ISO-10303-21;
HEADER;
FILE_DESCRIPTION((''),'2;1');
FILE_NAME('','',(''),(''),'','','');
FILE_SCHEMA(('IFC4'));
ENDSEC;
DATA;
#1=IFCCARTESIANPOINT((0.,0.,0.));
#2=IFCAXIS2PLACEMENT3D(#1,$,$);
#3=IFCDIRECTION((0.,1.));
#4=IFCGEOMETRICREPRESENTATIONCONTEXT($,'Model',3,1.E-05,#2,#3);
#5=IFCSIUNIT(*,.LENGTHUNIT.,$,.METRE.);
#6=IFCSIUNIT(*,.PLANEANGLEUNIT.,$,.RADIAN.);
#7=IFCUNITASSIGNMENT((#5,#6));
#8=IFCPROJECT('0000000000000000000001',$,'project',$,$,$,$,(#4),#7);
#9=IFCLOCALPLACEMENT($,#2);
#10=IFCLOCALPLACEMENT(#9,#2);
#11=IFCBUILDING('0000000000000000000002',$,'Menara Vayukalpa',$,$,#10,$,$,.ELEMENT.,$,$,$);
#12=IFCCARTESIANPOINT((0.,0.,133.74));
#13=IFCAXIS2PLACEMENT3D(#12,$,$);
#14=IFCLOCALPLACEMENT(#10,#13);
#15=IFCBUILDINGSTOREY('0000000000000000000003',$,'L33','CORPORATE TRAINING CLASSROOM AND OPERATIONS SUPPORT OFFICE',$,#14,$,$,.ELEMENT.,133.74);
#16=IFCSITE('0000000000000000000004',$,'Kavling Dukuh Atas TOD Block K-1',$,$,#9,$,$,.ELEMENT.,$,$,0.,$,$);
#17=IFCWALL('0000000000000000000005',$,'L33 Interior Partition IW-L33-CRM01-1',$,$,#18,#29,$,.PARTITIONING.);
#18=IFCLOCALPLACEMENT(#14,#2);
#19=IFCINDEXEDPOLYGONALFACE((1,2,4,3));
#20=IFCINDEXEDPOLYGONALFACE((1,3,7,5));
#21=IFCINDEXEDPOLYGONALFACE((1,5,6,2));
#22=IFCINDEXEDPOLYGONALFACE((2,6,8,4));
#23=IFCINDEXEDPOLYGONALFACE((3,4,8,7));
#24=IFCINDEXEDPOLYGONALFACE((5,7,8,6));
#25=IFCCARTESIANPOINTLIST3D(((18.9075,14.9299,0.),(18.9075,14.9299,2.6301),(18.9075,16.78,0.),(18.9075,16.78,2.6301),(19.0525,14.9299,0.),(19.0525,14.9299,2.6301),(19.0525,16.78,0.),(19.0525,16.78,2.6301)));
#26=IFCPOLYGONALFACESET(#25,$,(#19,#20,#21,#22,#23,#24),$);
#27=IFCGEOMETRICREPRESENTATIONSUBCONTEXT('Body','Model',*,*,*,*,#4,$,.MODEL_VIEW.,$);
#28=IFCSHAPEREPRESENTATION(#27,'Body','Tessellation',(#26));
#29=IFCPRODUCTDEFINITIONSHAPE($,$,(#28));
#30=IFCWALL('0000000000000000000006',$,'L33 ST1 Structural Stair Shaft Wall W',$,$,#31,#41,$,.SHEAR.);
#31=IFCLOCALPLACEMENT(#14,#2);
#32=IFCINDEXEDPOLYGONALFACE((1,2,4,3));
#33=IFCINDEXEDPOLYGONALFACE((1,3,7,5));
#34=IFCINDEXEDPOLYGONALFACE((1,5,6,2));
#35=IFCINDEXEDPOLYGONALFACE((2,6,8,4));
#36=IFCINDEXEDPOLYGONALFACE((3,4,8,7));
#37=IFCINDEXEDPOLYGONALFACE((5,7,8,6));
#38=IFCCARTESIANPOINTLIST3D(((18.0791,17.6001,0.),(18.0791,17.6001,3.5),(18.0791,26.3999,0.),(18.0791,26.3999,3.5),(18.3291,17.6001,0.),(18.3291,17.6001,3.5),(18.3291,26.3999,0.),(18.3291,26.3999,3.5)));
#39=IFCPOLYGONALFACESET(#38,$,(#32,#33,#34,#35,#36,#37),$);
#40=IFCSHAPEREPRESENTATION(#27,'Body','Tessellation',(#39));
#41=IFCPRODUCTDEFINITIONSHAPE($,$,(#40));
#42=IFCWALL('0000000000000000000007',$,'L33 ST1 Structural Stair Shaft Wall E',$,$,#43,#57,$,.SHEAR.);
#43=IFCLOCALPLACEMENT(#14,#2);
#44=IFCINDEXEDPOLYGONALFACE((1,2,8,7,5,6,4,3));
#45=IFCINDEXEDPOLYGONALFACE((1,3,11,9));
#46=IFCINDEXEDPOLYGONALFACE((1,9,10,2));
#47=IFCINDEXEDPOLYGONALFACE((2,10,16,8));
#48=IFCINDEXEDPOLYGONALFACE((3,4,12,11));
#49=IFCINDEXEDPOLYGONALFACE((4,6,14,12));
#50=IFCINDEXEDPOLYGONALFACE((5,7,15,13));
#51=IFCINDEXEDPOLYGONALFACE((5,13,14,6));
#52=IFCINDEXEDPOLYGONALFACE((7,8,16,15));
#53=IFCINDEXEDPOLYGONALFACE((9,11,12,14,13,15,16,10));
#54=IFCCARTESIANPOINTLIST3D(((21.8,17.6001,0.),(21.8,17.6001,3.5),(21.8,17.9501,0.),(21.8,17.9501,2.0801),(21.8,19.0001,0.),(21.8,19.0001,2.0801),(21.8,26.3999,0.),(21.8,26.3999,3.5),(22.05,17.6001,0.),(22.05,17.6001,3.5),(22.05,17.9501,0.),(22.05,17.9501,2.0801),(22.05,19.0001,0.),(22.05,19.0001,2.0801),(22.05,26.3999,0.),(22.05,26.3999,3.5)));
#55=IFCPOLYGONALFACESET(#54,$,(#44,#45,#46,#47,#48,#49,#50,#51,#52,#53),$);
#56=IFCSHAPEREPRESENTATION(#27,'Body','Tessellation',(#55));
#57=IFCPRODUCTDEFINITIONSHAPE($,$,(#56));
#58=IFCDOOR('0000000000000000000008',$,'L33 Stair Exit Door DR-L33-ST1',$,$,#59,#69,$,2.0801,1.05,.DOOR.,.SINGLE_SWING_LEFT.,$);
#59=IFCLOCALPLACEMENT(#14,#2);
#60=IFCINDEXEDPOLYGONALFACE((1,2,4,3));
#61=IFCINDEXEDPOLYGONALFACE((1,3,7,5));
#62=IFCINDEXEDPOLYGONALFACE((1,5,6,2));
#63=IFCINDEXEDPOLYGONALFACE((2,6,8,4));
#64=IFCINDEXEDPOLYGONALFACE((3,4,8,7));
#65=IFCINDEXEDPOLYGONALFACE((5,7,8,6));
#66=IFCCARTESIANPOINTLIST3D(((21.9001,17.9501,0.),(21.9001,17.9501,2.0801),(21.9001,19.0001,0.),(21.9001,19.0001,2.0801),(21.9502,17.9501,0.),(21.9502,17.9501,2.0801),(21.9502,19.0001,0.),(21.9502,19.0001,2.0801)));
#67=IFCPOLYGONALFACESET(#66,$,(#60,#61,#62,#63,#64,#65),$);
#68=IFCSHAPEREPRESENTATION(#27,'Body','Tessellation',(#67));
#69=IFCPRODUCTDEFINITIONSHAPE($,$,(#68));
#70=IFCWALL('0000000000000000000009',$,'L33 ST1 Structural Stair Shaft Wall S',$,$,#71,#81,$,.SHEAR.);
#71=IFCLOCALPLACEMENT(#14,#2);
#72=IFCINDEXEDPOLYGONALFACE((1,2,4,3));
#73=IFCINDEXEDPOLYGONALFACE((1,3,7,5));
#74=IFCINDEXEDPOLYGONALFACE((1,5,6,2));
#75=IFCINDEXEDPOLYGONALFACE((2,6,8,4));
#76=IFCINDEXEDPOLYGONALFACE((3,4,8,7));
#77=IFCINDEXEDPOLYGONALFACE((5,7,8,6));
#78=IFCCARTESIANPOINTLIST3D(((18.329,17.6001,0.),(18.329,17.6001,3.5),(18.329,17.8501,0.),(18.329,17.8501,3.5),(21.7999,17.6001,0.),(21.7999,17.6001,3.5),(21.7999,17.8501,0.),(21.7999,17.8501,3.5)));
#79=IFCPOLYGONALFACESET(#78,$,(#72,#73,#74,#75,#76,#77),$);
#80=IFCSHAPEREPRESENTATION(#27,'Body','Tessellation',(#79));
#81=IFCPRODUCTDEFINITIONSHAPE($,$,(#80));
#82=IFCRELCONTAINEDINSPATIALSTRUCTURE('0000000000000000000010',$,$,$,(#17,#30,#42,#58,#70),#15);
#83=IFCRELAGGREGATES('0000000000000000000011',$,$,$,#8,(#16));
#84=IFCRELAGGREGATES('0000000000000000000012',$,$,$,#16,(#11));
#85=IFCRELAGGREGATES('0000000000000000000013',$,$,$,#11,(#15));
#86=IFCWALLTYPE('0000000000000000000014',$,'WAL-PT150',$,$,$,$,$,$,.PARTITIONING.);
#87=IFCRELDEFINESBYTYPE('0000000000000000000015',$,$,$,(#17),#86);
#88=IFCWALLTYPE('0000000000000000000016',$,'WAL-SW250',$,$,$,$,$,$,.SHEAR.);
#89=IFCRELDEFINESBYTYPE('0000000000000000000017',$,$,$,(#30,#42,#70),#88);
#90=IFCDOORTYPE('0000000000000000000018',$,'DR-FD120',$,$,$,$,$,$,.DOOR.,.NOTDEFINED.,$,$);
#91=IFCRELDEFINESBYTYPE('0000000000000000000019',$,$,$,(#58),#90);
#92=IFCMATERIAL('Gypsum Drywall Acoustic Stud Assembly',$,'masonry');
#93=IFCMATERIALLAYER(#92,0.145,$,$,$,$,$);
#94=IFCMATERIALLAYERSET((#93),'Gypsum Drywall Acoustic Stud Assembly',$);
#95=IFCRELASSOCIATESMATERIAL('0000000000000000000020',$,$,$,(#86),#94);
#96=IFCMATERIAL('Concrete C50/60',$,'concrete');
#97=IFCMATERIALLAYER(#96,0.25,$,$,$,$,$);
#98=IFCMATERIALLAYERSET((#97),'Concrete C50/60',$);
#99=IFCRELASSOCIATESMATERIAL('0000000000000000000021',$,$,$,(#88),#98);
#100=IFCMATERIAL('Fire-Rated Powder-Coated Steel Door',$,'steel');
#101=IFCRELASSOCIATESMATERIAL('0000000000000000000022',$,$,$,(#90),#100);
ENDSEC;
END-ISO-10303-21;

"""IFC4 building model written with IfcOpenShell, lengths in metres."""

from ifc_helpers import new_model, si_unit, direction, frame, frame_2d, origin, place, context, subcontext, project, spatial, rectangle, extrude, material, layer, layer_set, type_object, element, fill, save


model = new_model("IFC4")

# Units and contexts
model_context = context("Model", 3, precision=1e-05, world=origin(), true_north=direction((0.0, 1.0)))
body_context = subcontext(model_context, "Body", "Model", "MODEL_VIEW")
ifc_project = project(units=[si_unit("LENGTHUNIT", "METRE"), si_unit("PLANEANGLEUNIT", "RADIAN")], contexts=[model_context])

# Site, building, storey
site_placement = place(None, origin())
site = spatial("IfcSite", under=ifc_project, at=site_placement, Name="Kavling Dukuh Atas TOD Block K-1", CompositionType="ELEMENT", RefElevation=0.0)
building_placement = place(site_placement, origin())
building = spatial("IfcBuilding", under=site, at=building_placement, Name="Menara Vayukalpa", CompositionType="ELEMENT")
storey_placement = place(building_placement, frame((0.0, 0.0, 133.74)))
storey = spatial("IfcBuildingStorey", under=building, at=storey_placement, Name="L33", Description="CORPORATE TRAINING CLASSROOM AND OPERATIONS SUPPORT OFFICE", CompositionType="ELEMENT", Elevation=133.74)

# Walls
ifc_material_1 = material(Name="Gypsum Drywall Acoustic Stud Assembly", Category="masonry")
ifc_layer_1 = layer(ifc_material_1, 0.145)
ifc_layer_set_1 = layer_set([ifc_layer_1], Name="Gypsum Drywall Acoustic Stud Assembly")
wall_type_1 = type_object("IfcWallType", Name="WAL-PT150", PredefinedType="PARTITIONING", material=ifc_layer_set_1)
wall_1_placement = place(storey_placement, frame((18.98, 16.78, 0.0), z_axis=(0.0, 0.0, 1.0), x_axis=(0.0, -1.0, 0.0)))
element("IfcWall", 1, at=wall_1_placement, inside=storey, type_object=wall_type_1, Name="L33 Interior Partition IW-L33-CRM01-1", PredefinedType="PARTITIONING", context=body_context, shape_type="SweptSolid", body=[
    extrude(rectangle(XDim=1.8501, YDim=0.145, at=frame_2d((0.925, 0.0))), origin(), (0.0, 0.0, 1.0), 2.6301),
])
ifc_material_2 = material(Name="Concrete C50/60", Category="concrete")
ifc_layer_2 = layer(ifc_material_2, 0.25)
ifc_layer_set_2 = layer_set([ifc_layer_2], Name="Concrete C50/60")
wall_type_2 = type_object("IfcWallType", Name="WAL-SW250", PredefinedType="SHEAR", material=ifc_layer_set_2)
wall_2_placement = place(storey_placement, frame((18.2041, 17.6001, 0.0), z_axis=(0.0, 0.0, 1.0), x_axis=(0.0, 1.0, 0.0)))
element("IfcWall", 2, at=wall_2_placement, inside=storey, type_object=wall_type_2, Name="L33 ST1 Structural Stair Shaft Wall W", PredefinedType="SHEAR", context=body_context, shape_type="SweptSolid", body=[
    extrude(rectangle(XDim=8.7998, YDim=0.25, at=frame_2d((4.3999, 0.0))), origin(), (0.0, 0.0, 1.0), 3.5),
])

# Wall, opening, door
wall_3_placement = place(storey_placement, frame((21.925, 17.6001, 0.0), z_axis=(0.0, 0.0, 1.0), x_axis=(0.0, 1.0, 0.0)))
wall_3 = element("IfcWall", 3, at=wall_3_placement, inside=storey, type_object=wall_type_2, Name="L33 ST1 Structural Stair Shaft Wall E", PredefinedType="SHEAR", context=body_context, shape_type="SweptSolid", body=[
    extrude(rectangle(XDim=8.7998, YDim=0.25, at=frame_2d((4.3999, 0.0))), origin(), (0.0, 0.0, 1.0), 3.5),
])
opening_1_placement = place(wall_3_placement, frame((0.3501, 0.0, 0.0)))
opening_1 = element("IfcOpeningElement", 4, at=opening_1_placement, cuts=wall_3, PredefinedType="OPENING", context=body_context, shape_type="SweptSolid", body=[
    extrude(rectangle(XDim=1.05, YDim=2.0801, at=frame_2d((0.5249, 1.04))), frame((0.0, 0.135, 0.0), z_axis=(0.0, -1.0, 0.0), x_axis=(1.0, 0.0, 0.0)), (0.0, 0.0, 1.0), 0.27),
])
ifc_material_3 = material(Name="Fire-Rated Powder-Coated Steel Door", Category="steel")
door_type_1 = type_object("IfcDoorType", Name="DR-FD120", OperationType="NOTDEFINED", PredefinedType="DOOR", material=ifc_material_3)
door_1_placement = place(opening_1_placement, origin())
door_1 = element("IfcDoor", 5, at=door_1_placement, inside=storey, type_object=door_type_1, Name="L33 Stair Exit Door DR-L33-ST1", OperationType="SINGLE_SWING_LEFT", OverallHeight=2.0801, OverallWidth=1.05, PredefinedType="DOOR", context=body_context, shape_type="SweptSolid", body=[
    extrude(rectangle(XDim=1.05, YDim=2.0801, at=frame_2d((0.5249, 1.04))), frame((0.0, 0.0249, 0.0), z_axis=(0.0, -1.0, 0.0), x_axis=(1.0, 0.0, 0.0)), (0.0, 0.0, 1.0), 0.05),
])
fill(opening_1, door_1)

# Wall
wall_4_placement = place(storey_placement, frame((18.3291, 17.7251, 0.0), z_axis=(0.0, 0.0, 1.0), x_axis=(1.0, 0.0, 0.0)))
element("IfcWall", 6, at=wall_4_placement, inside=storey, type_object=wall_type_2, Name="L33 ST1 Structural Stair Shaft Wall S", PredefinedType="SHEAR", context=body_context, shape_type="SweptSolid", body=[
    extrude(rectangle(XDim=3.4709, YDim=0.25, at=frame_2d((1.7354, 0.0))), origin(), (0.0, 0.0, 1.0), 3.5),
])

save(model, "model.ifc")
